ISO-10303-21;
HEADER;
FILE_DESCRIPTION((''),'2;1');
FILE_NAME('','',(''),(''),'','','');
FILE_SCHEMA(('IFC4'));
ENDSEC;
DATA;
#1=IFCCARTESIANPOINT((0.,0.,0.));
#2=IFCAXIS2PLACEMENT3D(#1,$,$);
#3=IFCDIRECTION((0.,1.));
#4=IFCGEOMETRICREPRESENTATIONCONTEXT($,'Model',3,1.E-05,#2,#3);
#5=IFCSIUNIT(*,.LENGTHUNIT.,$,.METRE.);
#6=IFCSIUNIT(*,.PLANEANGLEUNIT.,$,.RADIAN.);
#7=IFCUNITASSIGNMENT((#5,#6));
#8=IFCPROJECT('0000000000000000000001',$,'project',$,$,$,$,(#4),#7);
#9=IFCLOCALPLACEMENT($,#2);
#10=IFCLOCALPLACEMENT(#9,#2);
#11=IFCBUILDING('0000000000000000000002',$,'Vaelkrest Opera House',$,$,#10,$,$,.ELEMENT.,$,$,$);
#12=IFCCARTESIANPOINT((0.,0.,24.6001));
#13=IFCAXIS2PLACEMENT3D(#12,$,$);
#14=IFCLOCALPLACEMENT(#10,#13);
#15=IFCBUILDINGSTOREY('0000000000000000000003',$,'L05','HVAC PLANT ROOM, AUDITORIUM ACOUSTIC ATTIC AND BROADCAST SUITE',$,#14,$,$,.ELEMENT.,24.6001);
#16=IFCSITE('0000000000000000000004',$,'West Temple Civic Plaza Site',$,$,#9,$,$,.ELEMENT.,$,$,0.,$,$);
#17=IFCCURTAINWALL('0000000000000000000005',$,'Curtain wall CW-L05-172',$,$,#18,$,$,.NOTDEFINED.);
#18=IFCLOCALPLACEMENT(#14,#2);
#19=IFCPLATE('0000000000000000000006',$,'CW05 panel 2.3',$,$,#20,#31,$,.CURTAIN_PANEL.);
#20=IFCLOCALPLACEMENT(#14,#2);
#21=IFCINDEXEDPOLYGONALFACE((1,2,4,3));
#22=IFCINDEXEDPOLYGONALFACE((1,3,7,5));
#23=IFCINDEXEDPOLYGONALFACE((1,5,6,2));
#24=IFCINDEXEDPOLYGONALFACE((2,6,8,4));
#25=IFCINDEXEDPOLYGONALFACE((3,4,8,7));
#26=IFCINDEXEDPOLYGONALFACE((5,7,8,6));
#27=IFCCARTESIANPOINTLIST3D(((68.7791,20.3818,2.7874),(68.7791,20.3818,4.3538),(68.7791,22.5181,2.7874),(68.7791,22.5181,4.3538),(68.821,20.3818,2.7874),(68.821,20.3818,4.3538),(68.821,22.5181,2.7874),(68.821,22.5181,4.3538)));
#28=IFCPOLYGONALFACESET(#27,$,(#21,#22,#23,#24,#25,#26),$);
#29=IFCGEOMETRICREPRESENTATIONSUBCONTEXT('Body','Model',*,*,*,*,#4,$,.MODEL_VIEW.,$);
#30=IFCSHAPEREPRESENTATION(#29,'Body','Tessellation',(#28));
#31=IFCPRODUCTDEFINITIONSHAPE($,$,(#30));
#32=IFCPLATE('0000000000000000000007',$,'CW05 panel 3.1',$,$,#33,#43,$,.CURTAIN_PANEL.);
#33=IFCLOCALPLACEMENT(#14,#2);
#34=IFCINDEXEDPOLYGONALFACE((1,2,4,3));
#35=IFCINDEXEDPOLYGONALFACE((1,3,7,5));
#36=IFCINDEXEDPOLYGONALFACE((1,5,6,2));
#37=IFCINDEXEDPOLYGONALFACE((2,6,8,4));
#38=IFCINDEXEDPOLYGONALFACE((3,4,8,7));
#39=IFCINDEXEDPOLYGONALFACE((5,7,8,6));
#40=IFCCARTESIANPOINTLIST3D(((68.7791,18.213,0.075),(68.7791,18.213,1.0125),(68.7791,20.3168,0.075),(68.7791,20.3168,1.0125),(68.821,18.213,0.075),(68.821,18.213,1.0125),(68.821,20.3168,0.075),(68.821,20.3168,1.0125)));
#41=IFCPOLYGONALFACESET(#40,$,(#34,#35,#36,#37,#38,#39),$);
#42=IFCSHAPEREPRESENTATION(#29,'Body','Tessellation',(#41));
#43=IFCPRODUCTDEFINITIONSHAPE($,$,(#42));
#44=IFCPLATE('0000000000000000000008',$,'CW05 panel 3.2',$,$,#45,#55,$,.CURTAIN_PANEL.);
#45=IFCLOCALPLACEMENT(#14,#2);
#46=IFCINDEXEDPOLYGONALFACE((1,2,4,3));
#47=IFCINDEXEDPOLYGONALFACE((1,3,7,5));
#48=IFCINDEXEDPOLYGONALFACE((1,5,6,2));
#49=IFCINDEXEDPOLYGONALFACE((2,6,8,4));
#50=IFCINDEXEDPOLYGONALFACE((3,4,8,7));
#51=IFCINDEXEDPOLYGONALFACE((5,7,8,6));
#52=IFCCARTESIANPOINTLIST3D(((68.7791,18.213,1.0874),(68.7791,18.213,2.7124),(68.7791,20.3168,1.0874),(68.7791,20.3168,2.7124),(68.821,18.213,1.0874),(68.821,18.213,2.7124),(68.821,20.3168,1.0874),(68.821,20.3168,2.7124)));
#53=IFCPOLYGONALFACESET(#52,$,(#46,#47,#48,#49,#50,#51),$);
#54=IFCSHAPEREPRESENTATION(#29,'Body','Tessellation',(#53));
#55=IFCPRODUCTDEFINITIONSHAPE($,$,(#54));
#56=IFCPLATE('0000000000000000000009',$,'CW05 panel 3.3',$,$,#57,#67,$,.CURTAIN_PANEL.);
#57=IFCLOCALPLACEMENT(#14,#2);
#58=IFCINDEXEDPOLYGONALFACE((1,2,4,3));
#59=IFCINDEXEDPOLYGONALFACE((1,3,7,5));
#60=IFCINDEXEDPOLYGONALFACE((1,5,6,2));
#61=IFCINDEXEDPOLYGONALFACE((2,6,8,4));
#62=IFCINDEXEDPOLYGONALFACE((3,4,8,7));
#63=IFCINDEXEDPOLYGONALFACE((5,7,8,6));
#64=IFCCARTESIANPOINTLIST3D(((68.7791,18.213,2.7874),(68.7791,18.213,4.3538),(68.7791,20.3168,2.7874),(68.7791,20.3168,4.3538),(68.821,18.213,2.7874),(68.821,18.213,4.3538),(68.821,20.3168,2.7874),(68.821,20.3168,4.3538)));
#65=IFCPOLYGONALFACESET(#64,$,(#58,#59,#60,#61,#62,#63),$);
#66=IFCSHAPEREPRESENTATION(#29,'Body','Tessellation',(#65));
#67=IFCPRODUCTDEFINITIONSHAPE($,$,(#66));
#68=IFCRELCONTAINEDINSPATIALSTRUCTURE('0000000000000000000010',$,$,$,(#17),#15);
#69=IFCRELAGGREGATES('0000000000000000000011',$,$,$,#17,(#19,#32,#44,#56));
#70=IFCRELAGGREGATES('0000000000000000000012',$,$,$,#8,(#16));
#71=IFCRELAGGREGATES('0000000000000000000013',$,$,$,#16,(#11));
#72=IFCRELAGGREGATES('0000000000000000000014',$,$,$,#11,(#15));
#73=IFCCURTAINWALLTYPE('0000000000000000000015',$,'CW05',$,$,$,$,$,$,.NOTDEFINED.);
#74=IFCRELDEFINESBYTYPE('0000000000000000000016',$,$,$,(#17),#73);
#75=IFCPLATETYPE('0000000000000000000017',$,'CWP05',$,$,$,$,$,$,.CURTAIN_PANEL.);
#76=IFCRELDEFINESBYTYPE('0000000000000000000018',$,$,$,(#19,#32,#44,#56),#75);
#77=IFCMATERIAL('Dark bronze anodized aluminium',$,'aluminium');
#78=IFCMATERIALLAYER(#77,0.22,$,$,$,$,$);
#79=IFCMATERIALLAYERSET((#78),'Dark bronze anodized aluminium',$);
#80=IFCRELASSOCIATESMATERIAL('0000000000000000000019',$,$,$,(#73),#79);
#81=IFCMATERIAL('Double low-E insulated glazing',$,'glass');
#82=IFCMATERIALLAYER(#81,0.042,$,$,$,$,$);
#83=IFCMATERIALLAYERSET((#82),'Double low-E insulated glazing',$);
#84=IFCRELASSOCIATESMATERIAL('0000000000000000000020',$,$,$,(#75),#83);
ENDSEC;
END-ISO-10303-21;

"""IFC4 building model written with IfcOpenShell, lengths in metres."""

from ifc_helpers import new_model, si_unit, direction, frame, origin, origin_2d, place, context, subcontext, project, spatial, rectangle, extrude, material, layer, layer_set, type_object, element, aggregate, save


model = new_model("IFC4")

# Units and contexts
model_context = context("Model", 3, precision=1e-05, world=origin(), true_north=direction((0.0, 1.0)))
body_context = subcontext(model_context, "Body", "Model", "MODEL_VIEW")
ifc_project = project(units=[si_unit("LENGTHUNIT", "METRE"), si_unit("PLANEANGLEUNIT", "RADIAN")], contexts=[model_context])

# Site, building, storey
site_placement = place(None, origin())
site = spatial("IfcSite", under=ifc_project, at=site_placement, Name="West Temple Civic Plaza Site", CompositionType="ELEMENT", RefElevation=0.0)
building_placement = place(site_placement, origin())
building = spatial("IfcBuilding", under=site, at=building_placement, Name="Vaelkrest Opera House", CompositionType="ELEMENT")
storey_placement = place(building_placement, frame((0.0, 0.0, 24.6001)))
storey = spatial("IfcBuildingStorey", under=building, at=storey_placement, Name="L05", Description="HVAC PLANT ROOM, AUDITORIUM ACOUSTIC ATTIC AND BROADCAST SUITE", CompositionType="ELEMENT", Elevation=24.6001)

# Curtain wall
ifc_material_1 = material(Name="Dark bronze anodized aluminium", Category="aluminium")
ifc_layer_1 = layer(ifc_material_1, 0.22)
ifc_layer_set_1 = layer_set([ifc_layer_1], Name="Dark bronze anodized aluminium")
curtain_wall_type = type_object("IfcCurtainWallType", Name="CW05", PredefinedType="NOTDEFINED", material=ifc_layer_set_1)
curtain_wall_placement = place(storey_placement, origin())
curtain_wall = element("IfcCurtainWall", 1, at=curtain_wall_placement, inside=storey, type_object=curtain_wall_type, Name="Curtain wall CW-L05-172", PredefinedType="NOTDEFINED")

# Plates
ifc_material_2 = material(Name="Double low-E insulated glazing", Category="glass")
ifc_layer_2 = layer(ifc_material_2, 0.042)
ifc_layer_set_2 = layer_set([ifc_layer_2], Name="Double low-E insulated glazing")
plate_type = type_object("IfcPlateType", Name="CWP05", PredefinedType="CURTAIN_PANEL", material=ifc_layer_set_2)
plate_1_placement = place(storey_placement, frame((68.8, 21.45, 2.7874), z_axis=(0.0, 0.0, 1.0), x_axis=(0.0, -1.0, 0.0)))
plate_1 = element("IfcPlate", 2, at=plate_1_placement, type_object=plate_type, Name="CW05 panel 2.3", PredefinedType="CURTAIN_PANEL", context=body_context, shape_type="SweptSolid", body=[
    extrude(rectangle(XDim=2.1362, YDim=0.042, at=origin_2d()), origin(), (0.0, 0.0, 1.0), 1.5664),
])
plate_2_placement = place(storey_placement, frame((68.8, 19.2649, 0.075), z_axis=(0.0, 0.0, 1.0), x_axis=(0.0, -1.0, 0.0)))
plate_2 = element("IfcPlate", 3, at=plate_2_placement, type_object=plate_type, Name="CW05 panel 3.1", PredefinedType="CURTAIN_PANEL", context=body_context, shape_type="SweptSolid", body=[
    extrude(rectangle(XDim=2.1038, YDim=0.042, at=origin_2d()), origin(), (0.0, 0.0, 1.0), 0.9375),
])
plate_3_placement = place(storey_placement, frame((68.8, 19.2649, 1.0874), z_axis=(0.0, 0.0, 1.0), x_axis=(0.0, -1.0, 0.0)))
plate_3 = element("IfcPlate", 4, at=plate_3_placement, type_object=plate_type, Name="CW05 panel 3.2", PredefinedType="CURTAIN_PANEL", context=body_context, shape_type="SweptSolid", body=[
    extrude(rectangle(XDim=2.1038, YDim=0.042, at=origin_2d()), origin(), (0.0, 0.0, 1.0), 1.625),
])
plate_4_placement = place(storey_placement, frame((68.8, 19.2649, 2.7874), z_axis=(0.0, 0.0, 1.0), x_axis=(0.0, -1.0, 0.0)))
plate_4 = element("IfcPlate", 5, at=plate_4_placement, type_object=plate_type, Name="CW05 panel 3.3", PredefinedType="CURTAIN_PANEL", context=body_context, shape_type="SweptSolid", body=[
    extrude(rectangle(XDim=2.1038, YDim=0.042, at=origin_2d()), origin(), (0.0, 0.0, 1.0), 1.5664),
])
aggregate(curtain_wall, [plate_1, plate_2, plate_3, plate_4])

save(model, "model.ifc")
